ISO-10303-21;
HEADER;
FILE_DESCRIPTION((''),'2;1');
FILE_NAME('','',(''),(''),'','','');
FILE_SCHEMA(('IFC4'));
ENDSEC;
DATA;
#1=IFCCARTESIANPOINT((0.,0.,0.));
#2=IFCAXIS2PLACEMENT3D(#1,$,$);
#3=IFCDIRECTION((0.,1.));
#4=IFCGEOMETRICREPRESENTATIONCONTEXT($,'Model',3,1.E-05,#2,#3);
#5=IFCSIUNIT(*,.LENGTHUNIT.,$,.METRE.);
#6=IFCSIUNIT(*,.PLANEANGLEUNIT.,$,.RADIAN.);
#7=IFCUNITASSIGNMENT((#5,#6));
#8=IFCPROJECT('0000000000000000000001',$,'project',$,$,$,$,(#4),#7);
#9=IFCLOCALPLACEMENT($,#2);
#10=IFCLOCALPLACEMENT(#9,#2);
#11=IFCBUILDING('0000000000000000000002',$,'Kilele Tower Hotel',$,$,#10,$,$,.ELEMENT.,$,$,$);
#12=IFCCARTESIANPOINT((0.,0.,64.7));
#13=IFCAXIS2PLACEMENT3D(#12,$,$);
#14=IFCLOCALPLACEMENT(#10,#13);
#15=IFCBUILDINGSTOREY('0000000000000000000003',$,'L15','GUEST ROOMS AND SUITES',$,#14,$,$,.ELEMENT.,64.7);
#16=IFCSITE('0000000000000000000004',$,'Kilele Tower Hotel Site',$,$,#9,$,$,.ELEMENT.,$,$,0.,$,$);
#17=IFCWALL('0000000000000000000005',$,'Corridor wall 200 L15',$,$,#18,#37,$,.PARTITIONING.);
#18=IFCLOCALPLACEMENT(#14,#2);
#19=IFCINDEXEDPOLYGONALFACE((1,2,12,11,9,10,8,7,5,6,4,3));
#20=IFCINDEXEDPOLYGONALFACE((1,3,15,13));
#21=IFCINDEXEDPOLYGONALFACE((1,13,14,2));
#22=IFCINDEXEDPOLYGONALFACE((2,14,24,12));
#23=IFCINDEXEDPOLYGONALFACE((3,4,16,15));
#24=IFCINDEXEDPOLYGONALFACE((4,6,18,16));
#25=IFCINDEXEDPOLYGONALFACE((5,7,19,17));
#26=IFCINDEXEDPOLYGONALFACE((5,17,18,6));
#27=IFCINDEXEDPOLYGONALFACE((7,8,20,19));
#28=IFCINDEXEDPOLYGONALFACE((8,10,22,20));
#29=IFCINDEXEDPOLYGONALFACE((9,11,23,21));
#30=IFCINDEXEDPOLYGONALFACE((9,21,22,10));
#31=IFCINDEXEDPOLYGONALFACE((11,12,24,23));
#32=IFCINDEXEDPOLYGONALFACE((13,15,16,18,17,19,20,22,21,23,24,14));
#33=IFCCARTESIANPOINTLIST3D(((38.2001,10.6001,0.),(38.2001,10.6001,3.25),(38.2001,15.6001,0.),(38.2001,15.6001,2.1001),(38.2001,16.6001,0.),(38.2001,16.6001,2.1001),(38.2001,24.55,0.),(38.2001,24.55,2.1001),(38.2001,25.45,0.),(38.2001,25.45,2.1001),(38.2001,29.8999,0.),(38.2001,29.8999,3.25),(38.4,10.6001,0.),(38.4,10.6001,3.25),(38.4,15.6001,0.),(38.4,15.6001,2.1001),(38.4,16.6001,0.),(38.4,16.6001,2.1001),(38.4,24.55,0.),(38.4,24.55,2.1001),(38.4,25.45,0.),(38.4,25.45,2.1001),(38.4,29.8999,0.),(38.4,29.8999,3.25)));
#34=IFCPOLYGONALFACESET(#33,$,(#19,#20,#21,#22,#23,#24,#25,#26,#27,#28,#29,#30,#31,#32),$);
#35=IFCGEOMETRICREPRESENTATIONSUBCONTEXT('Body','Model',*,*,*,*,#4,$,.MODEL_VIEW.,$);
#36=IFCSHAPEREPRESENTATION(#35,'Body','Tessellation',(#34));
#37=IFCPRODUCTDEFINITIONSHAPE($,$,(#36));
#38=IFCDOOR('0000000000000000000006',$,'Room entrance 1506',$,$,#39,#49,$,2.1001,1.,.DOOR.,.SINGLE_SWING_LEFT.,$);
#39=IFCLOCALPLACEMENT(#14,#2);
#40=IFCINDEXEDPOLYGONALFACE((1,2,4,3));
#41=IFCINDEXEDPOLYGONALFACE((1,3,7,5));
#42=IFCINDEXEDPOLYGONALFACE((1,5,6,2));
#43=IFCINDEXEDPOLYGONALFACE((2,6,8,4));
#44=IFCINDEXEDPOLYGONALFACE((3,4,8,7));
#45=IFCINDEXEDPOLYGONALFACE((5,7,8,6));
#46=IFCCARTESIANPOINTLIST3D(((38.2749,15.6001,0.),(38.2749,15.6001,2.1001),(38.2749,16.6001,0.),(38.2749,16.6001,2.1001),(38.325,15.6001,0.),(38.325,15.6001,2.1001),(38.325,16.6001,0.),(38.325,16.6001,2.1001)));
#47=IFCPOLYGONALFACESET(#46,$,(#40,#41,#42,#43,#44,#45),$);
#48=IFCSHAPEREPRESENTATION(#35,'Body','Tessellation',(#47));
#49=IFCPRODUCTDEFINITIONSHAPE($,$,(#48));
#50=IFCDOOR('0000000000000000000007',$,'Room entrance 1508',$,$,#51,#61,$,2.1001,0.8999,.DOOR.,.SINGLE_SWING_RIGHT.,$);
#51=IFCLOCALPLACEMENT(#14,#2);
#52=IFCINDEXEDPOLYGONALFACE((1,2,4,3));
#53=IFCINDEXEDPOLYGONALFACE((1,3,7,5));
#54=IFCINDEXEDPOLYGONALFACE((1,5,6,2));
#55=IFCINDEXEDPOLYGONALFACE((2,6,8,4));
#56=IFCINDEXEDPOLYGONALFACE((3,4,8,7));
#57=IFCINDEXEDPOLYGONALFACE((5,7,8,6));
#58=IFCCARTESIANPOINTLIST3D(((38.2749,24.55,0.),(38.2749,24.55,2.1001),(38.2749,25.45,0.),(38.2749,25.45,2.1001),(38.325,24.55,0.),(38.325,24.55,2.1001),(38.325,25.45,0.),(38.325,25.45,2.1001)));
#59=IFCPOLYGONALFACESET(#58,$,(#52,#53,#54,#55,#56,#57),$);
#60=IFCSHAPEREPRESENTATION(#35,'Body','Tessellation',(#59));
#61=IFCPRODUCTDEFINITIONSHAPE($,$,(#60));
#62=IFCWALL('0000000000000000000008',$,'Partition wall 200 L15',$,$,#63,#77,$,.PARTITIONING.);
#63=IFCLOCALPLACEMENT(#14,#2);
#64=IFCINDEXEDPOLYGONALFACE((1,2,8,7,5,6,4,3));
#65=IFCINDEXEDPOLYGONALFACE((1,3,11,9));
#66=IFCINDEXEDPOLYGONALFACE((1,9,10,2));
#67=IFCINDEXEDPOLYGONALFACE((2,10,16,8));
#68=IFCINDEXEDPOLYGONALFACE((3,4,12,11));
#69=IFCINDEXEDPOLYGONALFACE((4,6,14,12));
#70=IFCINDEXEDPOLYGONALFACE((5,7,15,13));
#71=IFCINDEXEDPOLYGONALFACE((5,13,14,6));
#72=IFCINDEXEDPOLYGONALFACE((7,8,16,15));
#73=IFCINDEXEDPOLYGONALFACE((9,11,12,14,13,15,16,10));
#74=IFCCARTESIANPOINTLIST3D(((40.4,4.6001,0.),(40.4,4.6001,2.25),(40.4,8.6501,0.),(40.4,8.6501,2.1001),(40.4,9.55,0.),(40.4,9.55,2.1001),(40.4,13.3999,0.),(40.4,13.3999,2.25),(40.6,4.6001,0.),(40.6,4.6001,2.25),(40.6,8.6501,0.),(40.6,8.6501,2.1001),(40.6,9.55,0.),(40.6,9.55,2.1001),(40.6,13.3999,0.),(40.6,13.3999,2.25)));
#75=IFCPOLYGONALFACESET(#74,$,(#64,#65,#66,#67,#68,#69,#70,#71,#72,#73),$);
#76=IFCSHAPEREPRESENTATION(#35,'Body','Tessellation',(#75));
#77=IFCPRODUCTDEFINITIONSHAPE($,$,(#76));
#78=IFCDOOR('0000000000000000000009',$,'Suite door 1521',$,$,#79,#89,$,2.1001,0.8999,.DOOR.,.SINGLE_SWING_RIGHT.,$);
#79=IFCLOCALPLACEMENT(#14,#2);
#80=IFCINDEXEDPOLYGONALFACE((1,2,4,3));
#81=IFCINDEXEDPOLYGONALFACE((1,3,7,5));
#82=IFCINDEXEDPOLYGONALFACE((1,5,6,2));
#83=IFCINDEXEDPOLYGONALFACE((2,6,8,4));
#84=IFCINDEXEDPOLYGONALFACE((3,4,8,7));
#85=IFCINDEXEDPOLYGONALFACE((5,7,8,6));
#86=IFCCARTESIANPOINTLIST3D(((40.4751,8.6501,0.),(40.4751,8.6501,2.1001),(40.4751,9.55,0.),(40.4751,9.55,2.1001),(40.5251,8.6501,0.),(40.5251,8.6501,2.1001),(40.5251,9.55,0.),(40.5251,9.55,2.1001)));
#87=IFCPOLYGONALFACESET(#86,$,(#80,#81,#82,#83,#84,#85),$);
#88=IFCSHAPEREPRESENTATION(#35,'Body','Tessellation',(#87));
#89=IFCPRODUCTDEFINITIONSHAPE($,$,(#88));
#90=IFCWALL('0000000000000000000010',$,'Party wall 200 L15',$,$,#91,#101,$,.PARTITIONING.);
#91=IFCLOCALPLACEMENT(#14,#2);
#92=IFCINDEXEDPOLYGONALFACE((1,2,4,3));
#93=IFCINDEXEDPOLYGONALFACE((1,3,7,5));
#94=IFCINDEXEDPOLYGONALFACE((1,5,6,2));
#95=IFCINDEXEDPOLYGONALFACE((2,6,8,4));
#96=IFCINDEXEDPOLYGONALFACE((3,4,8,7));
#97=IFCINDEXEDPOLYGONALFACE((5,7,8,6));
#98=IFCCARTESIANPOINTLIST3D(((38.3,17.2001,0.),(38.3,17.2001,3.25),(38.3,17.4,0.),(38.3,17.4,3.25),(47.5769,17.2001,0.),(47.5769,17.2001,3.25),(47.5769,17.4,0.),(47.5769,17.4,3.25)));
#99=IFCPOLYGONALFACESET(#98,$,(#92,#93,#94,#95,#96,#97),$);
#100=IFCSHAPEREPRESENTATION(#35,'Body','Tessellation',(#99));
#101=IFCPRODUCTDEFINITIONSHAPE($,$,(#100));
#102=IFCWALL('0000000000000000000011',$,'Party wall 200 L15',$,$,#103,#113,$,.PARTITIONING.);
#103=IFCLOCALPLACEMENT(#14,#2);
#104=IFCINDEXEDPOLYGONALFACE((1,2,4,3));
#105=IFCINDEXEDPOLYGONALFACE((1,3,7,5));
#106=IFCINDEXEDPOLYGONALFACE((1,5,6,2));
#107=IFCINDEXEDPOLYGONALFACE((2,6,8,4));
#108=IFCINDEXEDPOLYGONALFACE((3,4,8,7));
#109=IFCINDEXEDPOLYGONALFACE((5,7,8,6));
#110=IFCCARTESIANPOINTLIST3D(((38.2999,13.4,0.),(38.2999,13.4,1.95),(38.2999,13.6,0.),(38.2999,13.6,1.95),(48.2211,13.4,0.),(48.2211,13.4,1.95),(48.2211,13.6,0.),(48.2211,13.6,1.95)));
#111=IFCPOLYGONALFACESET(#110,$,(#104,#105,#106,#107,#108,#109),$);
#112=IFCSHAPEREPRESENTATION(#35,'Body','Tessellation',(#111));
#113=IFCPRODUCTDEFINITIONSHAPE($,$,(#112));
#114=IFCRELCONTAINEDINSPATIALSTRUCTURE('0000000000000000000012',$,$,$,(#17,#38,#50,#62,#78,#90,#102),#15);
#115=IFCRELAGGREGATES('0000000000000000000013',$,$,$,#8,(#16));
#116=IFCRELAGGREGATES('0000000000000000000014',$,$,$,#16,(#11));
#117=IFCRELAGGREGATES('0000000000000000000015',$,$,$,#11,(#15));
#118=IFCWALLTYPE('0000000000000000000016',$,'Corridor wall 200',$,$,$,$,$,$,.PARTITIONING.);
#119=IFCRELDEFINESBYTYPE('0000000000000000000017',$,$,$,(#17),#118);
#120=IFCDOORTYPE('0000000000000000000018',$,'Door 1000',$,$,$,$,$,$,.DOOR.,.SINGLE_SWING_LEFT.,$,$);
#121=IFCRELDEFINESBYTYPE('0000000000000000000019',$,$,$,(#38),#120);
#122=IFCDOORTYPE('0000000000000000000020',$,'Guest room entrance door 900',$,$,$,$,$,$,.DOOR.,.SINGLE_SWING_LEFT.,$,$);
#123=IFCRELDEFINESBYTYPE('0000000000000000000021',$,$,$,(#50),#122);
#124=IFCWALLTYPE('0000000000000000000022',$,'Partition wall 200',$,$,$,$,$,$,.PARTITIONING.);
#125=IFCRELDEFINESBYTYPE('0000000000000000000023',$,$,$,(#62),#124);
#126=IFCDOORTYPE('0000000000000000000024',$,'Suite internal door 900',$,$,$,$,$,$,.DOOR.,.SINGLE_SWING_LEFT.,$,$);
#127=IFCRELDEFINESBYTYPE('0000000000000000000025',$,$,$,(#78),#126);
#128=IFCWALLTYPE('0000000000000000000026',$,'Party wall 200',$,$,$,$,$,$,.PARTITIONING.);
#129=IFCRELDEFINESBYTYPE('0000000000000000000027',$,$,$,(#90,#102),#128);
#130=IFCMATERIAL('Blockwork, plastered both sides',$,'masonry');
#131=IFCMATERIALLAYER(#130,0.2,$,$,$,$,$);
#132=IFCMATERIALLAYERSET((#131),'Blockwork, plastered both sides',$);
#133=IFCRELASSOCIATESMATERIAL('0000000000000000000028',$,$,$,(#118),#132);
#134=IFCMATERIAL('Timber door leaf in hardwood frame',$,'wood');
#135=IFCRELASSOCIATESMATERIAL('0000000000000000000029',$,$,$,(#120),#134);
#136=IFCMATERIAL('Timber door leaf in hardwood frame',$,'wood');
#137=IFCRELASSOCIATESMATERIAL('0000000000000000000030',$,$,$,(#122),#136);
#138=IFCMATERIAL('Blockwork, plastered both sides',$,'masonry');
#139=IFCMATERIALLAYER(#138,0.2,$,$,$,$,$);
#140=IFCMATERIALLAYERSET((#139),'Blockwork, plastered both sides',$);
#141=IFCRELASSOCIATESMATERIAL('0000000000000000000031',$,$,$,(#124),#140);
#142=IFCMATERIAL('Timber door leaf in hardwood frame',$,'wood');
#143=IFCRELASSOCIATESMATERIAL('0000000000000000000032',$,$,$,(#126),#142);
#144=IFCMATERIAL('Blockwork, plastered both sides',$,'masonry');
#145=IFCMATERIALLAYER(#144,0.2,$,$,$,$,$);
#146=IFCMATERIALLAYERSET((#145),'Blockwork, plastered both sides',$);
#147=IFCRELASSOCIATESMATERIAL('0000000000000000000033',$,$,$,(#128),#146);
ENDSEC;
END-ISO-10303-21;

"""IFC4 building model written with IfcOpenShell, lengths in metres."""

from ifc_helpers import new_model, si_unit, direction, frame, frame_2d, origin, place, context, subcontext, project, spatial, rectangle, extrude, material, layer, layer_set, type_object, element, fill, save


model = new_model("IFC4")

# Units and contexts
model_context = context("Model", 3, precision=1e-05, world=origin(), true_north=direction((0.0, 1.0)))
body_context = subcontext(model_context, "Body", "Model", "MODEL_VIEW")
ifc_project = project(units=[si_unit("LENGTHUNIT", "METRE"), si_unit("PLANEANGLEUNIT", "RADIAN")], contexts=[model_context])

# Site, building, storey
site_placement = place(None, origin())
site = spatial("IfcSite", under=ifc_project, at=site_placement, Name="Kilele Tower Hotel Site", CompositionType="ELEMENT", RefElevation=0.0)
building_placement = place(site_placement, origin())
building = spatial("IfcBuilding", under=site, at=building_placement, Name="Kilele Tower Hotel", CompositionType="ELEMENT")
storey_placement = place(building_placement, frame((0.0, 0.0, 64.7)))
storey = spatial("IfcBuildingStorey", under=building, at=storey_placement, Name="L15", Description="GUEST ROOMS AND SUITES", CompositionType="ELEMENT", Elevation=64.7)

# Wall, openings, doors
ifc_material_1 = material(Name="Blockwork, plastered both sides", Category="masonry")
ifc_layer_1 = layer(ifc_material_1, 0.2)
ifc_layer_set_1 = layer_set([ifc_layer_1], Name="Blockwork, plastered both sides")
wall_type_1 = type_object("IfcWallType", Name="Corridor wall 200", PredefinedType="PARTITIONING", material=ifc_layer_set_1)
wall_1_placement = place(storey_placement, frame((38.3, 10.6001, 0.0), z_axis=(0.0, 0.0, 1.0), x_axis=(0.0, 1.0, 0.0)))
wall_1 = element("IfcWall", 1, at=wall_1_placement, inside=storey, type_object=wall_type_1, Name="Corridor wall 200 L15", PredefinedType="PARTITIONING", context=body_context, shape_type="SweptSolid", body=[
    extrude(rectangle(XDim=19.2998, YDim=0.2, at=frame_2d((9.6499, 0.0))), origin(), (0.0, 0.0, 1.0), 3.25),
])
opening_1_placement = place(wall_1_placement, frame((6.0, 0.0, 0.0), z_axis=(0.0, 0.0, 1.0), x_axis=(-1.0, 0.0, 0.0)))
opening_1 = element("IfcOpeningElement", 2, at=opening_1_placement, cuts=wall_1, PredefinedType="OPENING", context=body_context, shape_type="SweptSolid", body=[
    extrude(rectangle(XDim=1.0, YDim=2.1001, at=frame_2d((0.5, 1.05))), frame((0.0, 0.1099, 0.0), z_axis=(0.0, -1.0, 0.0), x_axis=(1.0, 0.0, 0.0)), (0.0, 0.0, 1.0), 0.22),
])
opening_2_placement = place(wall_1_placement, frame((14.8499, 0.0, 0.0), z_axis=(0.0, 0.0, 1.0), x_axis=(-1.0, 0.0, 0.0)))
opening_2 = element("IfcOpeningElement", 3, at=opening_2_placement, cuts=wall_1, PredefinedType="OPENING", context=body_context, shape_type="SweptSolid", body=[
    extrude(rectangle(XDim=0.8999, YDim=2.1001, at=frame_2d((0.45, 1.05))), frame((0.0, 0.1099, 0.0), z_axis=(0.0, -1.0, 0.0), x_axis=(1.0, 0.0, 0.0)), (0.0, 0.0, 1.0), 0.22),
])
ifc_material_2 = material(Name="Timber door leaf in hardwood frame", Category="wood")
door_type_1 = type_object("IfcDoorType", Name="Door 1000", OperationType="SINGLE_SWING_LEFT", PredefinedType="DOOR", material=ifc_material_2)
door_1_placement = place(opening_1_placement, origin())
door_1 = element("IfcDoor", 4, at=door_1_placement, inside=storey, type_object=door_type_1, Name="Room entrance 1506", OperationType="SINGLE_SWING_LEFT", OverallHeight=2.1001, OverallWidth=1.0, PredefinedType="DOOR", context=body_context, shape_type="SweptSolid", body=[
    extrude(rectangle(XDim=1.0, YDim=2.1001, at=frame_2d((0.5, 1.05))), frame((0.0, 0.0249, 0.0), z_axis=(0.0, -1.0, 0.0), x_axis=(1.0, 0.0, 0.0)), (0.0, 0.0, 1.0), 0.05),
])
fill(opening_1, door_1)
ifc_material_3 = material(Name="Timber door leaf in hardwood frame", Category="wood")
door_type_2 = type_object("IfcDoorType", Name="Guest room entrance door 900", OperationType="SINGLE_SWING_LEFT", PredefinedType="DOOR", material=ifc_material_3)
door_2_placement = place(opening_2_placement, origin())
door_2 = element("IfcDoor", 5, at=door_2_placement, inside=storey, type_object=door_type_2, Name="Room entrance 1508", OperationType="SINGLE_SWING_RIGHT", OverallHeight=2.1001, OverallWidth=0.8999, PredefinedType="DOOR", context=body_context, shape_type="SweptSolid", body=[
    extrude(rectangle(XDim=0.8999, YDim=2.1001, at=frame_2d((0.45, 1.05))), frame((0.0, 0.0249, 0.0), z_axis=(0.0, -1.0, 0.0), x_axis=(1.0, 0.0, 0.0)), (0.0, 0.0, 1.0), 0.05),
])
fill(opening_2, door_2)

# Wall, opening, door
ifc_material_4 = material(Name="Blockwork, plastered both sides", Category="masonry")
ifc_layer_2 = layer(ifc_material_4, 0.2)
ifc_layer_set_2 = layer_set([ifc_layer_2], Name="Blockwork, plastered both sides")
wall_type_2 = type_object("IfcWallType", Name="Partition wall 200", PredefinedType="PARTITIONING", material=ifc_layer_set_2)
wall_2_placement = place(storey_placement, frame((40.5, 4.6001, 0.0), z_axis=(0.0, 0.0, 1.0), x_axis=(0.0, 1.0, 0.0)))
wall_2 = element("IfcWall", 6, at=wall_2_placement, inside=storey, type_object=wall_type_2, Name="Partition wall 200 L15", PredefinedType="PARTITIONING", context=body_context, shape_type="SweptSolid", body=[
    extrude(rectangle(XDim=8.7998, YDim=0.2, at=frame_2d((4.3999, 0.0))), origin(), (0.0, 0.0, 1.0), 2.25),
])
opening_3_placement = place(wall_2_placement, frame((4.05, 0.0, 0.0)))
opening_3 = element("IfcOpeningElement", 7, at=opening_3_placement, cuts=wall_2, PredefinedType="OPENING", context=body_context, shape_type="SweptSolid", body=[
    extrude(rectangle(XDim=0.8999, YDim=2.1001, at=frame_2d((0.45, 1.05))), frame((0.0, 0.1099, 0.0), z_axis=(0.0, -1.0, 0.0), x_axis=(1.0, 0.0, 0.0)), (0.0, 0.0, 1.0), 0.22),
])
ifc_material_5 = material(Name="Timber door leaf in hardwood frame", Category="wood")
door_type_3 = type_object("IfcDoorType", Name="Suite internal door 900", OperationType="SINGLE_SWING_LEFT", PredefinedType="DOOR", material=ifc_material_5)
door_3_placement = place(opening_3_placement, origin())
door_3 = element("IfcDoor", 8, at=door_3_placement, inside=storey, type_object=door_type_3, Name="Suite door 1521", OperationType="SINGLE_SWING_RIGHT", OverallHeight=2.1001, OverallWidth=0.8999, PredefinedType="DOOR", context=body_context, shape_type="SweptSolid", body=[
    extrude(rectangle(XDim=0.8999, YDim=2.1001, at=frame_2d((0.45, 1.05))), frame((0.0, 0.0249, 0.0), z_axis=(0.0, -1.0, 0.0), x_axis=(1.0, 0.0, 0.0)), (0.0, 0.0, 1.0), 0.05),
])
fill(opening_3, door_3)

# Walls
ifc_material_6 = material(Name="Blockwork, plastered both sides", Category="masonry")
ifc_layer_3 = layer(ifc_material_6, 0.2)
ifc_layer_set_3 = layer_set([ifc_layer_3], Name="Blockwork, plastered both sides")
wall_type_3 = type_object("IfcWallType", Name="Party wall 200", PredefinedType="PARTITIONING", material=ifc_layer_set_3)
wall_3_placement = place(storey_placement, frame((38.3, 17.3, 0.0), z_axis=(0.0, 0.0, 1.0), x_axis=(1.0, 0.0, 0.0)))
element("IfcWall", 9, at=wall_3_placement, inside=storey, type_object=wall_type_3, Name="Party wall 200 L15", PredefinedType="PARTITIONING", context=body_context, shape_type="SweptSolid", body=[
    extrude(rectangle(XDim=9.2769, YDim=0.2, at=frame_2d((4.6384, 0.0))), origin(), (0.0, 0.0, 1.0), 3.25),
])
wall_4_placement = place(storey_placement, frame((38.3, 13.5, 0.0), z_axis=(0.0, 0.0, 1.0), x_axis=(1.0, 0.0, 0.0)))
element("IfcWall", 10, at=wall_4_placement, inside=storey, type_object=wall_type_3, Name="Party wall 200 L15", PredefinedType="PARTITIONING", context=body_context, shape_type="SweptSolid", body=[
    extrude(rectangle(XDim=9.9211, YDim=0.2, at=frame_2d((4.9604, 0.0))), origin(), (0.0, 0.0, 1.0), 1.95),
])

save(model, "model.ifc")
